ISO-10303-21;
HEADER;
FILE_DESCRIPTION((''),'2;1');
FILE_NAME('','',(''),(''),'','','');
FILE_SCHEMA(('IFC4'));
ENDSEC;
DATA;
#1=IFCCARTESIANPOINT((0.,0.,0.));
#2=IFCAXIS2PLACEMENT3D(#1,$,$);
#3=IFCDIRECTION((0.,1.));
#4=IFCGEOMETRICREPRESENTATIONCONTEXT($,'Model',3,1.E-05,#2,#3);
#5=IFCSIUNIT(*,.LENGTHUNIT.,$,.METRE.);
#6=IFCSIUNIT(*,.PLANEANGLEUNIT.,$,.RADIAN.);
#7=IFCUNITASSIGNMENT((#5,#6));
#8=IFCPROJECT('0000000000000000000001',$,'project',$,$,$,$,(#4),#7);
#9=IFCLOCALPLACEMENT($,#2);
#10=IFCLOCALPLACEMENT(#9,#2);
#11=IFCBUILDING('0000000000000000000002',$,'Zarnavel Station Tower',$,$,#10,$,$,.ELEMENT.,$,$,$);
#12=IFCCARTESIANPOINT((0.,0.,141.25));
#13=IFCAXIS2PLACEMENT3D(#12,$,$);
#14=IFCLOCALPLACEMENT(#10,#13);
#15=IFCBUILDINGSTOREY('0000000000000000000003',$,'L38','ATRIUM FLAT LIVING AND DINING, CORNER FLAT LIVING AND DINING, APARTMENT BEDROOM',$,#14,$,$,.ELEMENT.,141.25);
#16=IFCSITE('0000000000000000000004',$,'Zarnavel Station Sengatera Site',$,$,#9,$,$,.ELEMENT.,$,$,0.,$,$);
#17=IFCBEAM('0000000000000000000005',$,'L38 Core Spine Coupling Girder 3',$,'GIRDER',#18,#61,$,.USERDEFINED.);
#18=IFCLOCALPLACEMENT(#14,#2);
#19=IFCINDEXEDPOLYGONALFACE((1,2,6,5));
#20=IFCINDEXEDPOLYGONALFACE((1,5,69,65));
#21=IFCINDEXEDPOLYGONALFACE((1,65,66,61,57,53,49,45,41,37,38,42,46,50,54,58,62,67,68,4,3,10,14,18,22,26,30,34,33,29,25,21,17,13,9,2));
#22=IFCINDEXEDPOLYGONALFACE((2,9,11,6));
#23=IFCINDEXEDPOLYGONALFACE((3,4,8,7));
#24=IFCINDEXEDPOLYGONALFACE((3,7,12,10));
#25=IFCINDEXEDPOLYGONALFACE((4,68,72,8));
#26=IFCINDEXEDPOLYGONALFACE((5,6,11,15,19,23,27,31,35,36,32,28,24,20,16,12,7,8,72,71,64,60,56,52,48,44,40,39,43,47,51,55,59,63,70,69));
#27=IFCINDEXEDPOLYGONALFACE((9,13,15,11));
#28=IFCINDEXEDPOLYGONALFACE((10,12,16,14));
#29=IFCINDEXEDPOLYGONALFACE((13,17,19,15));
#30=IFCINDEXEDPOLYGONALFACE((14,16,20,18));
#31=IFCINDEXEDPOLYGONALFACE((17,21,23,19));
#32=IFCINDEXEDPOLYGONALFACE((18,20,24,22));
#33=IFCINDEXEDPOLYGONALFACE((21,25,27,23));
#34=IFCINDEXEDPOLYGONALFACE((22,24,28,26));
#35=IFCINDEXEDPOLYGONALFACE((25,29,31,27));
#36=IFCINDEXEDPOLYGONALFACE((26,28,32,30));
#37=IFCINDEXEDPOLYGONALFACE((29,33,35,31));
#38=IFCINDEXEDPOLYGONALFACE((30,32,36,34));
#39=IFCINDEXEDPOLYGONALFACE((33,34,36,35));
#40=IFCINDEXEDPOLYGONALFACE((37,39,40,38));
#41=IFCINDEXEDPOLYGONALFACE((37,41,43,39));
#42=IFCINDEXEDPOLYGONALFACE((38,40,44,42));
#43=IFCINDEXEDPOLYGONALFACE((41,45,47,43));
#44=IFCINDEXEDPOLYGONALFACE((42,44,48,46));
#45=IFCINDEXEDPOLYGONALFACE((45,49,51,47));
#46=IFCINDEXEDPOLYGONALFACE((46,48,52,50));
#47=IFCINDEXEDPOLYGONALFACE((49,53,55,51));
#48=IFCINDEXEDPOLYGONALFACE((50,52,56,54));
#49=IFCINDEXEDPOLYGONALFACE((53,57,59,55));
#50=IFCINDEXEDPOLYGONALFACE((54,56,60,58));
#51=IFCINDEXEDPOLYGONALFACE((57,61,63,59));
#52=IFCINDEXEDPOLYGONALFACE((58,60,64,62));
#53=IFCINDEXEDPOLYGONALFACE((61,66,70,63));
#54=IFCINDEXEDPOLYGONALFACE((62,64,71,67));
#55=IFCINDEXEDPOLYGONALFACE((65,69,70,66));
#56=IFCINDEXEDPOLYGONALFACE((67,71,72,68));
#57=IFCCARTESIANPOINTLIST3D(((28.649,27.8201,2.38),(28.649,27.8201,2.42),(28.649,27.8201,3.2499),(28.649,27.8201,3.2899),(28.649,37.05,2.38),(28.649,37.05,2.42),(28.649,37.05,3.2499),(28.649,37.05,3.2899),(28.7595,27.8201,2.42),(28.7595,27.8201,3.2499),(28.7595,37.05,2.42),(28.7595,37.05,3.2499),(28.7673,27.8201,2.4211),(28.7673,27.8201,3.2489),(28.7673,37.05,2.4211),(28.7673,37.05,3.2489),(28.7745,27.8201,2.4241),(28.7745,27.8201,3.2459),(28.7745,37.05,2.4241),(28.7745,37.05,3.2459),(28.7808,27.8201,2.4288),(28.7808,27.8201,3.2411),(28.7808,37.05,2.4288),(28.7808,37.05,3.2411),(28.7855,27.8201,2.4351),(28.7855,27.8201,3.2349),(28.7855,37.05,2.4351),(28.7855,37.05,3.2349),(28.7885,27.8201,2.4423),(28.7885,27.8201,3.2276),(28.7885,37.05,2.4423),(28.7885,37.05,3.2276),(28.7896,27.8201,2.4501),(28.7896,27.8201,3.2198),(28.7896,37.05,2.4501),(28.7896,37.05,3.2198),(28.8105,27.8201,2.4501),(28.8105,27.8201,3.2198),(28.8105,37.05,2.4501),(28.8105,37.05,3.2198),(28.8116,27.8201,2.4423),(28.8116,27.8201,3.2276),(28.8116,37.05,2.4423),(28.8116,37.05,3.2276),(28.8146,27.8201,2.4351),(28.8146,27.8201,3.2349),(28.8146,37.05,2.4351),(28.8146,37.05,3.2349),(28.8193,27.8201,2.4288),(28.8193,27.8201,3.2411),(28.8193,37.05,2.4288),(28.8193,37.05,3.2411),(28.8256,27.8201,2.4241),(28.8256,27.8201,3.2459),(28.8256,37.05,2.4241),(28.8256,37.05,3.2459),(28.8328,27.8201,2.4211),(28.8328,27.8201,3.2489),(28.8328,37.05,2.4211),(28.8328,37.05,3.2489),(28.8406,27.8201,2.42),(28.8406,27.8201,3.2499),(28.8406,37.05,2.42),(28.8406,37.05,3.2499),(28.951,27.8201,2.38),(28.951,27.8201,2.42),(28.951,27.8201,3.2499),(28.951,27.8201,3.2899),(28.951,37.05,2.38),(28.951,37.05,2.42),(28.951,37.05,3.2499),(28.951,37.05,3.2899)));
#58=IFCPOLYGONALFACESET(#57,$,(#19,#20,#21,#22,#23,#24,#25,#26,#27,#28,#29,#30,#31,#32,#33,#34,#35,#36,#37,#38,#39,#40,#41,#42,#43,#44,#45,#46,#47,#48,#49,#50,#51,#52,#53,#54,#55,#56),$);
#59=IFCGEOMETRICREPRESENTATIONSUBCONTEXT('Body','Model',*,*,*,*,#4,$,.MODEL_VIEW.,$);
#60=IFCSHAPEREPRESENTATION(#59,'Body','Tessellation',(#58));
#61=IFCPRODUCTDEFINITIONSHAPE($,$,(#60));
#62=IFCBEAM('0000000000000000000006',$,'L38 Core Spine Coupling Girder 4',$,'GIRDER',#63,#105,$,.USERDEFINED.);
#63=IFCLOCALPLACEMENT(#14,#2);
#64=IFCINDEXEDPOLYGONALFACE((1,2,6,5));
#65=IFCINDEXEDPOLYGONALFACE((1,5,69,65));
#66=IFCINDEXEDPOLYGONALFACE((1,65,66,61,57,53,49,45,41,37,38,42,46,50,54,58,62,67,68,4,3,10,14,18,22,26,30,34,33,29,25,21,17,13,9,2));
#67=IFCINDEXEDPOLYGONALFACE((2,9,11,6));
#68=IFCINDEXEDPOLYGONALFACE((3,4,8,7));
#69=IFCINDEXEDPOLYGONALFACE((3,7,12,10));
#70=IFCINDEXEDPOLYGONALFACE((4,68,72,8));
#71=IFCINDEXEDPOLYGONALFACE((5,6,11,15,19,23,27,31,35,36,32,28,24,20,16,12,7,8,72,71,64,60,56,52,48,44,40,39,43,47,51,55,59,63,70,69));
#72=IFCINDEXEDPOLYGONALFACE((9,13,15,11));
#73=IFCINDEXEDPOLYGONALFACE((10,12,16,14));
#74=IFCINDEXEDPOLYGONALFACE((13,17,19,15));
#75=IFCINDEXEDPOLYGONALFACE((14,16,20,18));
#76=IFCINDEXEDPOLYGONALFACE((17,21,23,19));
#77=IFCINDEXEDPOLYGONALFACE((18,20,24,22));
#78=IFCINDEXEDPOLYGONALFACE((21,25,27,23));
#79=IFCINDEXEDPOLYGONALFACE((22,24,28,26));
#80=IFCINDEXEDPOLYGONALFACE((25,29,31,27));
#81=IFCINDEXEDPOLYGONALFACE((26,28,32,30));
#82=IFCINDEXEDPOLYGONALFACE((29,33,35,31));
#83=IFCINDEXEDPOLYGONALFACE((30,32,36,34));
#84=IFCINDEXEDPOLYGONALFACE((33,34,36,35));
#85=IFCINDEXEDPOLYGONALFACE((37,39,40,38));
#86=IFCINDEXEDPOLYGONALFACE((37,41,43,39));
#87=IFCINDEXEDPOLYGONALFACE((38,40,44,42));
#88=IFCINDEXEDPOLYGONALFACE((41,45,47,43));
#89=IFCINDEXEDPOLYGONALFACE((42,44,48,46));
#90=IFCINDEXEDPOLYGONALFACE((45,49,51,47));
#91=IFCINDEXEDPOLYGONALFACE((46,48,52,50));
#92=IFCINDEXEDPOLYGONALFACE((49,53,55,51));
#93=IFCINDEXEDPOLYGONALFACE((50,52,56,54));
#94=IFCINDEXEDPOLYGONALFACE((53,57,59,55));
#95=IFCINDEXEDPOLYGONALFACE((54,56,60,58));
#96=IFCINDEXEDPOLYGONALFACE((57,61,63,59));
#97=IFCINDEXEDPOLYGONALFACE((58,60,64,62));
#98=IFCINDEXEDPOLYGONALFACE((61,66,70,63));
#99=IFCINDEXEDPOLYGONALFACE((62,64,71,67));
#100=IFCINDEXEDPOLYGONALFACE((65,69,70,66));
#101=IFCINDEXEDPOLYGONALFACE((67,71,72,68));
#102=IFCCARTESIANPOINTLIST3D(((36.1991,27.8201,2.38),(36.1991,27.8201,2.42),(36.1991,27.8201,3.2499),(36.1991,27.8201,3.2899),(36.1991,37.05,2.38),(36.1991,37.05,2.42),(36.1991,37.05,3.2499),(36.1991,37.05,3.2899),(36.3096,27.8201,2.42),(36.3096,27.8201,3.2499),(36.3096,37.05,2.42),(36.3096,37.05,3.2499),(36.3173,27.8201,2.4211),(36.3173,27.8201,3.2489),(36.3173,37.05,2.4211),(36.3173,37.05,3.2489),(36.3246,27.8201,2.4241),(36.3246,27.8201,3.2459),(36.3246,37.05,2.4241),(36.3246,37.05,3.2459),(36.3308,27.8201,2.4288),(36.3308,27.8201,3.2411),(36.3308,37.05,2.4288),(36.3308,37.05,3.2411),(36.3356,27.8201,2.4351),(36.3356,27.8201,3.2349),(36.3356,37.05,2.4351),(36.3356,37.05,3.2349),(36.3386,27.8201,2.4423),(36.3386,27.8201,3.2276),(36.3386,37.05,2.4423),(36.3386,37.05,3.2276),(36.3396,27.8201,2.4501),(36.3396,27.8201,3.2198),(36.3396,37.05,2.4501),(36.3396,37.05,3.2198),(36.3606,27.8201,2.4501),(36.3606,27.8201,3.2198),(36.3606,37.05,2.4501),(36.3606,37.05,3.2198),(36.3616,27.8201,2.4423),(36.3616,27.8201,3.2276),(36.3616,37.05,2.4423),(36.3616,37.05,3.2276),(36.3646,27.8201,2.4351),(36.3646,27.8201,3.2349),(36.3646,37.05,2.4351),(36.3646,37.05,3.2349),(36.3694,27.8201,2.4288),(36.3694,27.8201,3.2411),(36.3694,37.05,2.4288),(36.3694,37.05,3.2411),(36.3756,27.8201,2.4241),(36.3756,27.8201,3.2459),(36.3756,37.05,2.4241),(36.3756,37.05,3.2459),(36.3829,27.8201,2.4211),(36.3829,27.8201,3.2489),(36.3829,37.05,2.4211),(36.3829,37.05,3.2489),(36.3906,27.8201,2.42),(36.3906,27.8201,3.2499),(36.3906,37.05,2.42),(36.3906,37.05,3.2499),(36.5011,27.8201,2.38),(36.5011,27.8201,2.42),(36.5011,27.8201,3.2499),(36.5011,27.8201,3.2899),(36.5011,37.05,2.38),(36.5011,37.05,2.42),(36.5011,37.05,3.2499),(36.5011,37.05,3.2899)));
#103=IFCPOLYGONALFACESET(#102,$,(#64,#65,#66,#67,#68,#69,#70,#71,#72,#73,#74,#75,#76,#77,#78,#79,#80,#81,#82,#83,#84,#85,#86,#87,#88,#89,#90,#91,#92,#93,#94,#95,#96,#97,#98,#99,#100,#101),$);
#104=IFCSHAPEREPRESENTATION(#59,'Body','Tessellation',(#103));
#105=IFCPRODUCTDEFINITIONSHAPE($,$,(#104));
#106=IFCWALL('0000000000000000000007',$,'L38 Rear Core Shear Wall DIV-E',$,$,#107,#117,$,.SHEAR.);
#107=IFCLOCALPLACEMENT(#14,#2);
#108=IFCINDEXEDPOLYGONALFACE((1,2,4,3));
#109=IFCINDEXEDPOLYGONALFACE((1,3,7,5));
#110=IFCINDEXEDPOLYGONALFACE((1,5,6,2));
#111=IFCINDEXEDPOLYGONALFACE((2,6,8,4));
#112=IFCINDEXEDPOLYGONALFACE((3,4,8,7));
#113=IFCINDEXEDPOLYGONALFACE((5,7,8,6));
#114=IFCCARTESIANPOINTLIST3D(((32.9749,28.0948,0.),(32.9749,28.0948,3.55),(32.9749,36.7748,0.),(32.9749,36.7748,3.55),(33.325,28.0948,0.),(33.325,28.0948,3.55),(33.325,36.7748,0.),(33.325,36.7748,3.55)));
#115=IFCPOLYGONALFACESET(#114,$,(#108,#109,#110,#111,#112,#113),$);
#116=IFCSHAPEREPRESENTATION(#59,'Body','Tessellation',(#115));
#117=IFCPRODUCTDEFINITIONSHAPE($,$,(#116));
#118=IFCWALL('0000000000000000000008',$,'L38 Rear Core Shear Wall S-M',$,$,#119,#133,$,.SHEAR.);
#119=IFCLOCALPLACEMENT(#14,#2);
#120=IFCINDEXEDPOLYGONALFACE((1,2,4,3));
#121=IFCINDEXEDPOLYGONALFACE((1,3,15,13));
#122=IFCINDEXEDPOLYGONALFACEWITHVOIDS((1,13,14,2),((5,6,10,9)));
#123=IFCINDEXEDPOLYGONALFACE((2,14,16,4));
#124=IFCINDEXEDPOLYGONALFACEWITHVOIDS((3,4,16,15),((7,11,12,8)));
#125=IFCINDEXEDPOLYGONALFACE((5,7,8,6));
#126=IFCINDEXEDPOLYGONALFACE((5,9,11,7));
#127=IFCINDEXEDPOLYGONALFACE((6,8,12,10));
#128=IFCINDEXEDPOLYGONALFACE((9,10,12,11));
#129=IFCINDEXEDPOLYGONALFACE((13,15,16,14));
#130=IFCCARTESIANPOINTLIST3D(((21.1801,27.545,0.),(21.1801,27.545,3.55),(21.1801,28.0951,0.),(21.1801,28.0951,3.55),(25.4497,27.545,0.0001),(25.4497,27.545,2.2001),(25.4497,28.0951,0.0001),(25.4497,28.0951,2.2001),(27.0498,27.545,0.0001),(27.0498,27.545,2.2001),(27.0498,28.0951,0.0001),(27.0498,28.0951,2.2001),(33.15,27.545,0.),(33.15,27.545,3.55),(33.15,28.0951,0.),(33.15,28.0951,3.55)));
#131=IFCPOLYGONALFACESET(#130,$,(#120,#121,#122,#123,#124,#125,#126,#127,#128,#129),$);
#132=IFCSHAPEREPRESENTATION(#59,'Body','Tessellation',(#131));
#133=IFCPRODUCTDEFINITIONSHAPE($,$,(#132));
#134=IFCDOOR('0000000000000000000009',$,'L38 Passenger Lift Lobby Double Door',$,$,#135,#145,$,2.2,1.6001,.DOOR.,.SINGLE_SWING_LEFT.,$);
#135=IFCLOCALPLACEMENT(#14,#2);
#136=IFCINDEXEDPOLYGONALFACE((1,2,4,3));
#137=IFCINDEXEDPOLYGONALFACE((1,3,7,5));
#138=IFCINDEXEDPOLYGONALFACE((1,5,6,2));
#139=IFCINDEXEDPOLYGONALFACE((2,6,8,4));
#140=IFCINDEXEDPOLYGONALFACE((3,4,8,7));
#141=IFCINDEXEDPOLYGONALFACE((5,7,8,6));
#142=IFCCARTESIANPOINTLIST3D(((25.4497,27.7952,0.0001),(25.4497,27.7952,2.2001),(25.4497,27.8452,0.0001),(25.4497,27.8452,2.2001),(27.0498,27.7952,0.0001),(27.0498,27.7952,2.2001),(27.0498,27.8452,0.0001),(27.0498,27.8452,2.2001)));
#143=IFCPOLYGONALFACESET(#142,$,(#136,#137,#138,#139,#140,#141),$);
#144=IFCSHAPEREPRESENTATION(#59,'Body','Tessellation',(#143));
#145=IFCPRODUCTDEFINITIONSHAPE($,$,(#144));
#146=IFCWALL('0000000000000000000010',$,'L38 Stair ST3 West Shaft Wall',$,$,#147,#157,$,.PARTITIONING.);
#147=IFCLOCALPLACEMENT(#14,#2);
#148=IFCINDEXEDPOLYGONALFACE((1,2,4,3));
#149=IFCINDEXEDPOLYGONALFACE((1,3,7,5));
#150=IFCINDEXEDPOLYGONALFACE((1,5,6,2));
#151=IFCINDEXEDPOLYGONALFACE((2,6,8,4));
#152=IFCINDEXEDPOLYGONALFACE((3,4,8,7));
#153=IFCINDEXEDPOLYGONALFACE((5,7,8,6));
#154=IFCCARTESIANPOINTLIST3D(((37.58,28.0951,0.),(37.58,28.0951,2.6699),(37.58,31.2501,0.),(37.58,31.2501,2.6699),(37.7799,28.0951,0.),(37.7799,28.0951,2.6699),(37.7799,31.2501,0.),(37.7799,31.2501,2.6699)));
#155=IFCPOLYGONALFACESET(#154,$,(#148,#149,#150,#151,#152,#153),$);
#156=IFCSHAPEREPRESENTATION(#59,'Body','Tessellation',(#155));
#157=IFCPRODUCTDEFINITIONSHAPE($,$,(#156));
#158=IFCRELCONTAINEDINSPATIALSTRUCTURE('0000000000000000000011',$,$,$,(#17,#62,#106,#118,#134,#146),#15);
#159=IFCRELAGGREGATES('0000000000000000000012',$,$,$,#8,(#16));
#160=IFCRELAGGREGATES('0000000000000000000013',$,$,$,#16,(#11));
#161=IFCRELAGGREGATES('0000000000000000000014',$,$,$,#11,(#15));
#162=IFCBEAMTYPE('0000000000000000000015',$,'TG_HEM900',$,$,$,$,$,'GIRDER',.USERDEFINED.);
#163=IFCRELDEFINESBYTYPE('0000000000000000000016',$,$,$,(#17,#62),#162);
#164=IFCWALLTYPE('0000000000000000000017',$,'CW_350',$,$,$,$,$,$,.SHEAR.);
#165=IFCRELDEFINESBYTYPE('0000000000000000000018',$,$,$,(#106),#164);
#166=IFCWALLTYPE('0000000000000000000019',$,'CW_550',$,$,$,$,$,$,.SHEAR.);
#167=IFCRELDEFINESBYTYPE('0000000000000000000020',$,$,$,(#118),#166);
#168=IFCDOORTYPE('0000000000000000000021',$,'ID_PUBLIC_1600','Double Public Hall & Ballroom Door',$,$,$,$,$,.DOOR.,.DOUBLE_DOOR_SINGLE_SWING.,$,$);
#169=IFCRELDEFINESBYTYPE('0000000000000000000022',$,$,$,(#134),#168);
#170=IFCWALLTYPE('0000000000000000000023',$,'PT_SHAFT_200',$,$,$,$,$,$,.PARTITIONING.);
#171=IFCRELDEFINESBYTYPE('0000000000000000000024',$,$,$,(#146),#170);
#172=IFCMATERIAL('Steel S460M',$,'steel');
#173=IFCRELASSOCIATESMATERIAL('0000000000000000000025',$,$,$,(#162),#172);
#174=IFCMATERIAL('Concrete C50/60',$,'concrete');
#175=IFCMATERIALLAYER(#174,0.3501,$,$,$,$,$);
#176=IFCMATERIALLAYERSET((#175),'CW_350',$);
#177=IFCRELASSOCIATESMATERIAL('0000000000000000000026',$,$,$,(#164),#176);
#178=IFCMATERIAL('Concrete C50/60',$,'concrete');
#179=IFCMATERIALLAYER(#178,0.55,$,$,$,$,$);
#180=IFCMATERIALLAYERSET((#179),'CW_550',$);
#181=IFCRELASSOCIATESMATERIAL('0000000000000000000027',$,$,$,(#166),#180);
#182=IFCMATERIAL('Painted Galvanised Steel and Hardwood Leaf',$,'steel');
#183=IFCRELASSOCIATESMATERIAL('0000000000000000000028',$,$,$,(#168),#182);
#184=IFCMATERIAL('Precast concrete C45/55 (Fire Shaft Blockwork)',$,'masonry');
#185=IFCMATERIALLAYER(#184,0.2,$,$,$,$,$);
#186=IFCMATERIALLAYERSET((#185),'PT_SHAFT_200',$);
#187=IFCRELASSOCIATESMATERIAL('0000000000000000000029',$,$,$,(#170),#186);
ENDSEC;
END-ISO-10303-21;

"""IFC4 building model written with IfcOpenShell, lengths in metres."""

from ifc_helpers import new_model, si_unit, direction, frame, frame_2d, origin, origin_2d, place, context, subcontext, project, spatial, rectangle, i_section, extrude, material, layer, layer_set, material_profile, profile_set, type_object, element, fill, save


model = new_model("IFC4")

# Units and contexts
model_context = context("Model", 3, precision=1e-05, world=origin(), true_north=direction((0.0, 1.0)))
body_context = subcontext(model_context, "Body", "Model", "MODEL_VIEW")
ifc_project = project(units=[si_unit("LENGTHUNIT", "METRE"), si_unit("PLANEANGLEUNIT", "RADIAN")], contexts=[model_context])

# Site, building, storey
site_placement = place(None, origin())
site = spatial("IfcSite", under=ifc_project, at=site_placement, Name="Zarnavel Station Sengatera Site", CompositionType="ELEMENT", RefElevation=0.0)
building_placement = place(site_placement, origin())
building = spatial("IfcBuilding", under=site, at=building_placement, Name="Zarnavel Station Tower", CompositionType="ELEMENT")
storey_placement = place(building_placement, frame((0.0, 0.0, 141.25)))
storey = spatial("IfcBuildingStorey", under=building, at=storey_placement, Name="L38", Description="ATRIUM FLAT LIVING AND DINING, CORNER FLAT LIVING AND DINING, APARTMENT BEDROOM", CompositionType="ELEMENT", Elevation=141.25)

# Beams
ifc_material_1 = material(Name="Steel S460M", Category="steel")
ifc_material_profile_1 = material_profile(ifc_material_1, i_section(OverallWidth=0.302, OverallDepth=0.9099, WebThickness=0.021, FlangeThickness=0.04, FilletRadius=0.03, at=origin_2d()), Name="HEM900")
ifc_profile_set_1 = profile_set([ifc_material_profile_1], Name="Steel S460M")
beam_type_1 = type_object("IfcBeamType", Name="TG_HEM900", ElementType="GIRDER", PredefinedType="USERDEFINED", material=ifc_profile_set_1)
for number, where, z_axis, x_axis, name in (
    (1, (28.8, 27.8201, 2.835), (0.0, 1.0, 0.0), (-1.0, 0.0, 0.0), "L38 Core Spine Coupling Girder 3"),
    (2, (36.3501, 27.8201, 2.835), (0.0, 1.0, 0.0), (-1.0, 0.0, 0.0), "L38 Core Spine Coupling Girder 4"),
):
    element("IfcBeam", number, at=place(storey_placement, frame(where, z_axis=z_axis, x_axis=x_axis)), inside=storey, type_object=beam_type_1, Name=name, ObjectType="GIRDER", PredefinedType="USERDEFINED", context=body_context, shape_type="SweptSolid", body=[
        extrude(i_section(OverallWidth=0.302, OverallDepth=0.9099, WebThickness=0.021, FlangeThickness=0.04, FilletRadius=0.03, at=origin_2d()), origin(), (0.0, 0.0, 1.0), 9.23),
    ])

# Wall
ifc_material_2 = material(Name="Concrete C50/60", Category="concrete")
ifc_layer_1 = layer(ifc_material_2, 0.3501)
ifc_layer_set_1 = layer_set([ifc_layer_1], Name="CW_350")
wall_type_1 = type_object("IfcWallType", Name="CW_350", PredefinedType="SHEAR", material=ifc_layer_set_1)
wall_1_placement = place(storey_placement, frame((33.1499, 28.095, 0.0), z_axis=(0.0, 0.0, 1.0), x_axis=(0.0, 1.0, 0.0)))
element("IfcWall", 3, at=wall_1_placement, inside=storey, type_object=wall_type_1, Name="L38 Rear Core Shear Wall DIV-E", PredefinedType="SHEAR", context=body_context, shape_type="SweptSolid", body=[
    extrude(rectangle(XDim=8.6799, YDim=0.3501, at=frame_2d((4.3398, 0.0))), origin(), (0.0, 0.0, 1.0), 3.55),
])

# Wall, opening, door
ifc_material_3 = material(Name="Concrete C50/60", Category="concrete")
ifc_layer_2 = layer(ifc_material_3, 0.55)
ifc_layer_set_2 = layer_set([ifc_layer_2], Name="CW_550")
wall_type_2 = type_object("IfcWallType", Name="CW_550", PredefinedType="SHEAR", material=ifc_layer_set_2)
wall_2_placement = place(storey_placement, frame((33.1499, 27.8201, 0.0), z_axis=(0.0, 0.0, 1.0), x_axis=(-1.0, 0.0, 0.0)))
wall_2 = element("IfcWall", 4, at=wall_2_placement, inside=storey, type_object=wall_type_2, Name="L38 Rear Core Shear Wall S-M", PredefinedType="SHEAR", context=body_context, shape_type="SweptSolid", body=[
    extrude(rectangle(XDim=11.97, YDim=0.55, at=frame_2d((5.9849, 0.0))), origin(), (0.0, 0.0, 1.0), 3.55),
])
opening_1_placement = place(wall_2_placement, frame((6.1001, 0.0, 0.0)))
opening_1 = element("IfcOpeningElement", 5, at=opening_1_placement, cuts=wall_2, PredefinedType="OPENING", context=body_context, shape_type="SweptSolid", body=[
    extrude(rectangle(XDim=1.6001, YDim=2.2, at=frame_2d((0.8, 1.1001))), frame((0.0, 0.2849, 0.0), z_axis=(0.0, -1.0, 0.0), x_axis=(1.0, 0.0, 0.0)), (0.0, 0.0, 1.0), 0.5701),
])
ifc_material_4 = material(Name="Painted Galvanised Steel and Hardwood Leaf", Category="steel")
door_type_1 = type_object("IfcDoorType", Name="ID_PUBLIC_1600", Description="Double Public Hall & Ballroom Door", OperationType="DOUBLE_DOOR_SINGLE_SWING", PredefinedType="DOOR", material=ifc_material_4)
door_1_placement = place(opening_1_placement, origin())
door_1 = element("IfcDoor", 6, at=door_1_placement, inside=storey, type_object=door_type_1, Name="L38 Passenger Lift Lobby Double Door", OperationType="SINGLE_SWING_LEFT", OverallHeight=2.2, OverallWidth=1.6001, PredefinedType="DOOR", context=body_context, shape_type="SweptSolid", body=[
    extrude(rectangle(XDim=1.6001, YDim=2.2, at=frame_2d((0.8, 1.1001))), frame((0.0, 0.0249, 0.0), z_axis=(0.0, -1.0, 0.0), x_axis=(1.0, 0.0, 0.0)), (0.0, 0.0, 1.0), 0.05),
])
fill(opening_1, door_1)

# Wall
ifc_material_5 = material(Name="Precast concrete C45/55 (Fire Shaft Blockwork)", Category="masonry")
ifc_layer_3 = layer(ifc_material_5, 0.2)
ifc_layer_set_3 = layer_set([ifc_layer_3], Name="PT_SHAFT_200")
wall_type_3 = type_object("IfcWallType", Name="PT_SHAFT_200", PredefinedType="PARTITIONING", material=ifc_layer_set_3)
wall_3_placement = place(storey_placement, frame((37.6799, 28.095, 0.0), z_axis=(0.0, 0.0, 1.0), x_axis=(0.0, 1.0, 0.0)))
element("IfcWall", 7, at=wall_3_placement, inside=storey, type_object=wall_type_3, Name="L38 Stair ST3 West Shaft Wall", PredefinedType="PARTITIONING", context=body_context, shape_type="SweptSolid", body=[
    extrude(rectangle(XDim=3.155, YDim=0.2, at=frame_2d((1.5776, 0.0))), origin(), (0.0, 0.0, 1.0), 2.6699),
])

save(model, "model.ifc")
